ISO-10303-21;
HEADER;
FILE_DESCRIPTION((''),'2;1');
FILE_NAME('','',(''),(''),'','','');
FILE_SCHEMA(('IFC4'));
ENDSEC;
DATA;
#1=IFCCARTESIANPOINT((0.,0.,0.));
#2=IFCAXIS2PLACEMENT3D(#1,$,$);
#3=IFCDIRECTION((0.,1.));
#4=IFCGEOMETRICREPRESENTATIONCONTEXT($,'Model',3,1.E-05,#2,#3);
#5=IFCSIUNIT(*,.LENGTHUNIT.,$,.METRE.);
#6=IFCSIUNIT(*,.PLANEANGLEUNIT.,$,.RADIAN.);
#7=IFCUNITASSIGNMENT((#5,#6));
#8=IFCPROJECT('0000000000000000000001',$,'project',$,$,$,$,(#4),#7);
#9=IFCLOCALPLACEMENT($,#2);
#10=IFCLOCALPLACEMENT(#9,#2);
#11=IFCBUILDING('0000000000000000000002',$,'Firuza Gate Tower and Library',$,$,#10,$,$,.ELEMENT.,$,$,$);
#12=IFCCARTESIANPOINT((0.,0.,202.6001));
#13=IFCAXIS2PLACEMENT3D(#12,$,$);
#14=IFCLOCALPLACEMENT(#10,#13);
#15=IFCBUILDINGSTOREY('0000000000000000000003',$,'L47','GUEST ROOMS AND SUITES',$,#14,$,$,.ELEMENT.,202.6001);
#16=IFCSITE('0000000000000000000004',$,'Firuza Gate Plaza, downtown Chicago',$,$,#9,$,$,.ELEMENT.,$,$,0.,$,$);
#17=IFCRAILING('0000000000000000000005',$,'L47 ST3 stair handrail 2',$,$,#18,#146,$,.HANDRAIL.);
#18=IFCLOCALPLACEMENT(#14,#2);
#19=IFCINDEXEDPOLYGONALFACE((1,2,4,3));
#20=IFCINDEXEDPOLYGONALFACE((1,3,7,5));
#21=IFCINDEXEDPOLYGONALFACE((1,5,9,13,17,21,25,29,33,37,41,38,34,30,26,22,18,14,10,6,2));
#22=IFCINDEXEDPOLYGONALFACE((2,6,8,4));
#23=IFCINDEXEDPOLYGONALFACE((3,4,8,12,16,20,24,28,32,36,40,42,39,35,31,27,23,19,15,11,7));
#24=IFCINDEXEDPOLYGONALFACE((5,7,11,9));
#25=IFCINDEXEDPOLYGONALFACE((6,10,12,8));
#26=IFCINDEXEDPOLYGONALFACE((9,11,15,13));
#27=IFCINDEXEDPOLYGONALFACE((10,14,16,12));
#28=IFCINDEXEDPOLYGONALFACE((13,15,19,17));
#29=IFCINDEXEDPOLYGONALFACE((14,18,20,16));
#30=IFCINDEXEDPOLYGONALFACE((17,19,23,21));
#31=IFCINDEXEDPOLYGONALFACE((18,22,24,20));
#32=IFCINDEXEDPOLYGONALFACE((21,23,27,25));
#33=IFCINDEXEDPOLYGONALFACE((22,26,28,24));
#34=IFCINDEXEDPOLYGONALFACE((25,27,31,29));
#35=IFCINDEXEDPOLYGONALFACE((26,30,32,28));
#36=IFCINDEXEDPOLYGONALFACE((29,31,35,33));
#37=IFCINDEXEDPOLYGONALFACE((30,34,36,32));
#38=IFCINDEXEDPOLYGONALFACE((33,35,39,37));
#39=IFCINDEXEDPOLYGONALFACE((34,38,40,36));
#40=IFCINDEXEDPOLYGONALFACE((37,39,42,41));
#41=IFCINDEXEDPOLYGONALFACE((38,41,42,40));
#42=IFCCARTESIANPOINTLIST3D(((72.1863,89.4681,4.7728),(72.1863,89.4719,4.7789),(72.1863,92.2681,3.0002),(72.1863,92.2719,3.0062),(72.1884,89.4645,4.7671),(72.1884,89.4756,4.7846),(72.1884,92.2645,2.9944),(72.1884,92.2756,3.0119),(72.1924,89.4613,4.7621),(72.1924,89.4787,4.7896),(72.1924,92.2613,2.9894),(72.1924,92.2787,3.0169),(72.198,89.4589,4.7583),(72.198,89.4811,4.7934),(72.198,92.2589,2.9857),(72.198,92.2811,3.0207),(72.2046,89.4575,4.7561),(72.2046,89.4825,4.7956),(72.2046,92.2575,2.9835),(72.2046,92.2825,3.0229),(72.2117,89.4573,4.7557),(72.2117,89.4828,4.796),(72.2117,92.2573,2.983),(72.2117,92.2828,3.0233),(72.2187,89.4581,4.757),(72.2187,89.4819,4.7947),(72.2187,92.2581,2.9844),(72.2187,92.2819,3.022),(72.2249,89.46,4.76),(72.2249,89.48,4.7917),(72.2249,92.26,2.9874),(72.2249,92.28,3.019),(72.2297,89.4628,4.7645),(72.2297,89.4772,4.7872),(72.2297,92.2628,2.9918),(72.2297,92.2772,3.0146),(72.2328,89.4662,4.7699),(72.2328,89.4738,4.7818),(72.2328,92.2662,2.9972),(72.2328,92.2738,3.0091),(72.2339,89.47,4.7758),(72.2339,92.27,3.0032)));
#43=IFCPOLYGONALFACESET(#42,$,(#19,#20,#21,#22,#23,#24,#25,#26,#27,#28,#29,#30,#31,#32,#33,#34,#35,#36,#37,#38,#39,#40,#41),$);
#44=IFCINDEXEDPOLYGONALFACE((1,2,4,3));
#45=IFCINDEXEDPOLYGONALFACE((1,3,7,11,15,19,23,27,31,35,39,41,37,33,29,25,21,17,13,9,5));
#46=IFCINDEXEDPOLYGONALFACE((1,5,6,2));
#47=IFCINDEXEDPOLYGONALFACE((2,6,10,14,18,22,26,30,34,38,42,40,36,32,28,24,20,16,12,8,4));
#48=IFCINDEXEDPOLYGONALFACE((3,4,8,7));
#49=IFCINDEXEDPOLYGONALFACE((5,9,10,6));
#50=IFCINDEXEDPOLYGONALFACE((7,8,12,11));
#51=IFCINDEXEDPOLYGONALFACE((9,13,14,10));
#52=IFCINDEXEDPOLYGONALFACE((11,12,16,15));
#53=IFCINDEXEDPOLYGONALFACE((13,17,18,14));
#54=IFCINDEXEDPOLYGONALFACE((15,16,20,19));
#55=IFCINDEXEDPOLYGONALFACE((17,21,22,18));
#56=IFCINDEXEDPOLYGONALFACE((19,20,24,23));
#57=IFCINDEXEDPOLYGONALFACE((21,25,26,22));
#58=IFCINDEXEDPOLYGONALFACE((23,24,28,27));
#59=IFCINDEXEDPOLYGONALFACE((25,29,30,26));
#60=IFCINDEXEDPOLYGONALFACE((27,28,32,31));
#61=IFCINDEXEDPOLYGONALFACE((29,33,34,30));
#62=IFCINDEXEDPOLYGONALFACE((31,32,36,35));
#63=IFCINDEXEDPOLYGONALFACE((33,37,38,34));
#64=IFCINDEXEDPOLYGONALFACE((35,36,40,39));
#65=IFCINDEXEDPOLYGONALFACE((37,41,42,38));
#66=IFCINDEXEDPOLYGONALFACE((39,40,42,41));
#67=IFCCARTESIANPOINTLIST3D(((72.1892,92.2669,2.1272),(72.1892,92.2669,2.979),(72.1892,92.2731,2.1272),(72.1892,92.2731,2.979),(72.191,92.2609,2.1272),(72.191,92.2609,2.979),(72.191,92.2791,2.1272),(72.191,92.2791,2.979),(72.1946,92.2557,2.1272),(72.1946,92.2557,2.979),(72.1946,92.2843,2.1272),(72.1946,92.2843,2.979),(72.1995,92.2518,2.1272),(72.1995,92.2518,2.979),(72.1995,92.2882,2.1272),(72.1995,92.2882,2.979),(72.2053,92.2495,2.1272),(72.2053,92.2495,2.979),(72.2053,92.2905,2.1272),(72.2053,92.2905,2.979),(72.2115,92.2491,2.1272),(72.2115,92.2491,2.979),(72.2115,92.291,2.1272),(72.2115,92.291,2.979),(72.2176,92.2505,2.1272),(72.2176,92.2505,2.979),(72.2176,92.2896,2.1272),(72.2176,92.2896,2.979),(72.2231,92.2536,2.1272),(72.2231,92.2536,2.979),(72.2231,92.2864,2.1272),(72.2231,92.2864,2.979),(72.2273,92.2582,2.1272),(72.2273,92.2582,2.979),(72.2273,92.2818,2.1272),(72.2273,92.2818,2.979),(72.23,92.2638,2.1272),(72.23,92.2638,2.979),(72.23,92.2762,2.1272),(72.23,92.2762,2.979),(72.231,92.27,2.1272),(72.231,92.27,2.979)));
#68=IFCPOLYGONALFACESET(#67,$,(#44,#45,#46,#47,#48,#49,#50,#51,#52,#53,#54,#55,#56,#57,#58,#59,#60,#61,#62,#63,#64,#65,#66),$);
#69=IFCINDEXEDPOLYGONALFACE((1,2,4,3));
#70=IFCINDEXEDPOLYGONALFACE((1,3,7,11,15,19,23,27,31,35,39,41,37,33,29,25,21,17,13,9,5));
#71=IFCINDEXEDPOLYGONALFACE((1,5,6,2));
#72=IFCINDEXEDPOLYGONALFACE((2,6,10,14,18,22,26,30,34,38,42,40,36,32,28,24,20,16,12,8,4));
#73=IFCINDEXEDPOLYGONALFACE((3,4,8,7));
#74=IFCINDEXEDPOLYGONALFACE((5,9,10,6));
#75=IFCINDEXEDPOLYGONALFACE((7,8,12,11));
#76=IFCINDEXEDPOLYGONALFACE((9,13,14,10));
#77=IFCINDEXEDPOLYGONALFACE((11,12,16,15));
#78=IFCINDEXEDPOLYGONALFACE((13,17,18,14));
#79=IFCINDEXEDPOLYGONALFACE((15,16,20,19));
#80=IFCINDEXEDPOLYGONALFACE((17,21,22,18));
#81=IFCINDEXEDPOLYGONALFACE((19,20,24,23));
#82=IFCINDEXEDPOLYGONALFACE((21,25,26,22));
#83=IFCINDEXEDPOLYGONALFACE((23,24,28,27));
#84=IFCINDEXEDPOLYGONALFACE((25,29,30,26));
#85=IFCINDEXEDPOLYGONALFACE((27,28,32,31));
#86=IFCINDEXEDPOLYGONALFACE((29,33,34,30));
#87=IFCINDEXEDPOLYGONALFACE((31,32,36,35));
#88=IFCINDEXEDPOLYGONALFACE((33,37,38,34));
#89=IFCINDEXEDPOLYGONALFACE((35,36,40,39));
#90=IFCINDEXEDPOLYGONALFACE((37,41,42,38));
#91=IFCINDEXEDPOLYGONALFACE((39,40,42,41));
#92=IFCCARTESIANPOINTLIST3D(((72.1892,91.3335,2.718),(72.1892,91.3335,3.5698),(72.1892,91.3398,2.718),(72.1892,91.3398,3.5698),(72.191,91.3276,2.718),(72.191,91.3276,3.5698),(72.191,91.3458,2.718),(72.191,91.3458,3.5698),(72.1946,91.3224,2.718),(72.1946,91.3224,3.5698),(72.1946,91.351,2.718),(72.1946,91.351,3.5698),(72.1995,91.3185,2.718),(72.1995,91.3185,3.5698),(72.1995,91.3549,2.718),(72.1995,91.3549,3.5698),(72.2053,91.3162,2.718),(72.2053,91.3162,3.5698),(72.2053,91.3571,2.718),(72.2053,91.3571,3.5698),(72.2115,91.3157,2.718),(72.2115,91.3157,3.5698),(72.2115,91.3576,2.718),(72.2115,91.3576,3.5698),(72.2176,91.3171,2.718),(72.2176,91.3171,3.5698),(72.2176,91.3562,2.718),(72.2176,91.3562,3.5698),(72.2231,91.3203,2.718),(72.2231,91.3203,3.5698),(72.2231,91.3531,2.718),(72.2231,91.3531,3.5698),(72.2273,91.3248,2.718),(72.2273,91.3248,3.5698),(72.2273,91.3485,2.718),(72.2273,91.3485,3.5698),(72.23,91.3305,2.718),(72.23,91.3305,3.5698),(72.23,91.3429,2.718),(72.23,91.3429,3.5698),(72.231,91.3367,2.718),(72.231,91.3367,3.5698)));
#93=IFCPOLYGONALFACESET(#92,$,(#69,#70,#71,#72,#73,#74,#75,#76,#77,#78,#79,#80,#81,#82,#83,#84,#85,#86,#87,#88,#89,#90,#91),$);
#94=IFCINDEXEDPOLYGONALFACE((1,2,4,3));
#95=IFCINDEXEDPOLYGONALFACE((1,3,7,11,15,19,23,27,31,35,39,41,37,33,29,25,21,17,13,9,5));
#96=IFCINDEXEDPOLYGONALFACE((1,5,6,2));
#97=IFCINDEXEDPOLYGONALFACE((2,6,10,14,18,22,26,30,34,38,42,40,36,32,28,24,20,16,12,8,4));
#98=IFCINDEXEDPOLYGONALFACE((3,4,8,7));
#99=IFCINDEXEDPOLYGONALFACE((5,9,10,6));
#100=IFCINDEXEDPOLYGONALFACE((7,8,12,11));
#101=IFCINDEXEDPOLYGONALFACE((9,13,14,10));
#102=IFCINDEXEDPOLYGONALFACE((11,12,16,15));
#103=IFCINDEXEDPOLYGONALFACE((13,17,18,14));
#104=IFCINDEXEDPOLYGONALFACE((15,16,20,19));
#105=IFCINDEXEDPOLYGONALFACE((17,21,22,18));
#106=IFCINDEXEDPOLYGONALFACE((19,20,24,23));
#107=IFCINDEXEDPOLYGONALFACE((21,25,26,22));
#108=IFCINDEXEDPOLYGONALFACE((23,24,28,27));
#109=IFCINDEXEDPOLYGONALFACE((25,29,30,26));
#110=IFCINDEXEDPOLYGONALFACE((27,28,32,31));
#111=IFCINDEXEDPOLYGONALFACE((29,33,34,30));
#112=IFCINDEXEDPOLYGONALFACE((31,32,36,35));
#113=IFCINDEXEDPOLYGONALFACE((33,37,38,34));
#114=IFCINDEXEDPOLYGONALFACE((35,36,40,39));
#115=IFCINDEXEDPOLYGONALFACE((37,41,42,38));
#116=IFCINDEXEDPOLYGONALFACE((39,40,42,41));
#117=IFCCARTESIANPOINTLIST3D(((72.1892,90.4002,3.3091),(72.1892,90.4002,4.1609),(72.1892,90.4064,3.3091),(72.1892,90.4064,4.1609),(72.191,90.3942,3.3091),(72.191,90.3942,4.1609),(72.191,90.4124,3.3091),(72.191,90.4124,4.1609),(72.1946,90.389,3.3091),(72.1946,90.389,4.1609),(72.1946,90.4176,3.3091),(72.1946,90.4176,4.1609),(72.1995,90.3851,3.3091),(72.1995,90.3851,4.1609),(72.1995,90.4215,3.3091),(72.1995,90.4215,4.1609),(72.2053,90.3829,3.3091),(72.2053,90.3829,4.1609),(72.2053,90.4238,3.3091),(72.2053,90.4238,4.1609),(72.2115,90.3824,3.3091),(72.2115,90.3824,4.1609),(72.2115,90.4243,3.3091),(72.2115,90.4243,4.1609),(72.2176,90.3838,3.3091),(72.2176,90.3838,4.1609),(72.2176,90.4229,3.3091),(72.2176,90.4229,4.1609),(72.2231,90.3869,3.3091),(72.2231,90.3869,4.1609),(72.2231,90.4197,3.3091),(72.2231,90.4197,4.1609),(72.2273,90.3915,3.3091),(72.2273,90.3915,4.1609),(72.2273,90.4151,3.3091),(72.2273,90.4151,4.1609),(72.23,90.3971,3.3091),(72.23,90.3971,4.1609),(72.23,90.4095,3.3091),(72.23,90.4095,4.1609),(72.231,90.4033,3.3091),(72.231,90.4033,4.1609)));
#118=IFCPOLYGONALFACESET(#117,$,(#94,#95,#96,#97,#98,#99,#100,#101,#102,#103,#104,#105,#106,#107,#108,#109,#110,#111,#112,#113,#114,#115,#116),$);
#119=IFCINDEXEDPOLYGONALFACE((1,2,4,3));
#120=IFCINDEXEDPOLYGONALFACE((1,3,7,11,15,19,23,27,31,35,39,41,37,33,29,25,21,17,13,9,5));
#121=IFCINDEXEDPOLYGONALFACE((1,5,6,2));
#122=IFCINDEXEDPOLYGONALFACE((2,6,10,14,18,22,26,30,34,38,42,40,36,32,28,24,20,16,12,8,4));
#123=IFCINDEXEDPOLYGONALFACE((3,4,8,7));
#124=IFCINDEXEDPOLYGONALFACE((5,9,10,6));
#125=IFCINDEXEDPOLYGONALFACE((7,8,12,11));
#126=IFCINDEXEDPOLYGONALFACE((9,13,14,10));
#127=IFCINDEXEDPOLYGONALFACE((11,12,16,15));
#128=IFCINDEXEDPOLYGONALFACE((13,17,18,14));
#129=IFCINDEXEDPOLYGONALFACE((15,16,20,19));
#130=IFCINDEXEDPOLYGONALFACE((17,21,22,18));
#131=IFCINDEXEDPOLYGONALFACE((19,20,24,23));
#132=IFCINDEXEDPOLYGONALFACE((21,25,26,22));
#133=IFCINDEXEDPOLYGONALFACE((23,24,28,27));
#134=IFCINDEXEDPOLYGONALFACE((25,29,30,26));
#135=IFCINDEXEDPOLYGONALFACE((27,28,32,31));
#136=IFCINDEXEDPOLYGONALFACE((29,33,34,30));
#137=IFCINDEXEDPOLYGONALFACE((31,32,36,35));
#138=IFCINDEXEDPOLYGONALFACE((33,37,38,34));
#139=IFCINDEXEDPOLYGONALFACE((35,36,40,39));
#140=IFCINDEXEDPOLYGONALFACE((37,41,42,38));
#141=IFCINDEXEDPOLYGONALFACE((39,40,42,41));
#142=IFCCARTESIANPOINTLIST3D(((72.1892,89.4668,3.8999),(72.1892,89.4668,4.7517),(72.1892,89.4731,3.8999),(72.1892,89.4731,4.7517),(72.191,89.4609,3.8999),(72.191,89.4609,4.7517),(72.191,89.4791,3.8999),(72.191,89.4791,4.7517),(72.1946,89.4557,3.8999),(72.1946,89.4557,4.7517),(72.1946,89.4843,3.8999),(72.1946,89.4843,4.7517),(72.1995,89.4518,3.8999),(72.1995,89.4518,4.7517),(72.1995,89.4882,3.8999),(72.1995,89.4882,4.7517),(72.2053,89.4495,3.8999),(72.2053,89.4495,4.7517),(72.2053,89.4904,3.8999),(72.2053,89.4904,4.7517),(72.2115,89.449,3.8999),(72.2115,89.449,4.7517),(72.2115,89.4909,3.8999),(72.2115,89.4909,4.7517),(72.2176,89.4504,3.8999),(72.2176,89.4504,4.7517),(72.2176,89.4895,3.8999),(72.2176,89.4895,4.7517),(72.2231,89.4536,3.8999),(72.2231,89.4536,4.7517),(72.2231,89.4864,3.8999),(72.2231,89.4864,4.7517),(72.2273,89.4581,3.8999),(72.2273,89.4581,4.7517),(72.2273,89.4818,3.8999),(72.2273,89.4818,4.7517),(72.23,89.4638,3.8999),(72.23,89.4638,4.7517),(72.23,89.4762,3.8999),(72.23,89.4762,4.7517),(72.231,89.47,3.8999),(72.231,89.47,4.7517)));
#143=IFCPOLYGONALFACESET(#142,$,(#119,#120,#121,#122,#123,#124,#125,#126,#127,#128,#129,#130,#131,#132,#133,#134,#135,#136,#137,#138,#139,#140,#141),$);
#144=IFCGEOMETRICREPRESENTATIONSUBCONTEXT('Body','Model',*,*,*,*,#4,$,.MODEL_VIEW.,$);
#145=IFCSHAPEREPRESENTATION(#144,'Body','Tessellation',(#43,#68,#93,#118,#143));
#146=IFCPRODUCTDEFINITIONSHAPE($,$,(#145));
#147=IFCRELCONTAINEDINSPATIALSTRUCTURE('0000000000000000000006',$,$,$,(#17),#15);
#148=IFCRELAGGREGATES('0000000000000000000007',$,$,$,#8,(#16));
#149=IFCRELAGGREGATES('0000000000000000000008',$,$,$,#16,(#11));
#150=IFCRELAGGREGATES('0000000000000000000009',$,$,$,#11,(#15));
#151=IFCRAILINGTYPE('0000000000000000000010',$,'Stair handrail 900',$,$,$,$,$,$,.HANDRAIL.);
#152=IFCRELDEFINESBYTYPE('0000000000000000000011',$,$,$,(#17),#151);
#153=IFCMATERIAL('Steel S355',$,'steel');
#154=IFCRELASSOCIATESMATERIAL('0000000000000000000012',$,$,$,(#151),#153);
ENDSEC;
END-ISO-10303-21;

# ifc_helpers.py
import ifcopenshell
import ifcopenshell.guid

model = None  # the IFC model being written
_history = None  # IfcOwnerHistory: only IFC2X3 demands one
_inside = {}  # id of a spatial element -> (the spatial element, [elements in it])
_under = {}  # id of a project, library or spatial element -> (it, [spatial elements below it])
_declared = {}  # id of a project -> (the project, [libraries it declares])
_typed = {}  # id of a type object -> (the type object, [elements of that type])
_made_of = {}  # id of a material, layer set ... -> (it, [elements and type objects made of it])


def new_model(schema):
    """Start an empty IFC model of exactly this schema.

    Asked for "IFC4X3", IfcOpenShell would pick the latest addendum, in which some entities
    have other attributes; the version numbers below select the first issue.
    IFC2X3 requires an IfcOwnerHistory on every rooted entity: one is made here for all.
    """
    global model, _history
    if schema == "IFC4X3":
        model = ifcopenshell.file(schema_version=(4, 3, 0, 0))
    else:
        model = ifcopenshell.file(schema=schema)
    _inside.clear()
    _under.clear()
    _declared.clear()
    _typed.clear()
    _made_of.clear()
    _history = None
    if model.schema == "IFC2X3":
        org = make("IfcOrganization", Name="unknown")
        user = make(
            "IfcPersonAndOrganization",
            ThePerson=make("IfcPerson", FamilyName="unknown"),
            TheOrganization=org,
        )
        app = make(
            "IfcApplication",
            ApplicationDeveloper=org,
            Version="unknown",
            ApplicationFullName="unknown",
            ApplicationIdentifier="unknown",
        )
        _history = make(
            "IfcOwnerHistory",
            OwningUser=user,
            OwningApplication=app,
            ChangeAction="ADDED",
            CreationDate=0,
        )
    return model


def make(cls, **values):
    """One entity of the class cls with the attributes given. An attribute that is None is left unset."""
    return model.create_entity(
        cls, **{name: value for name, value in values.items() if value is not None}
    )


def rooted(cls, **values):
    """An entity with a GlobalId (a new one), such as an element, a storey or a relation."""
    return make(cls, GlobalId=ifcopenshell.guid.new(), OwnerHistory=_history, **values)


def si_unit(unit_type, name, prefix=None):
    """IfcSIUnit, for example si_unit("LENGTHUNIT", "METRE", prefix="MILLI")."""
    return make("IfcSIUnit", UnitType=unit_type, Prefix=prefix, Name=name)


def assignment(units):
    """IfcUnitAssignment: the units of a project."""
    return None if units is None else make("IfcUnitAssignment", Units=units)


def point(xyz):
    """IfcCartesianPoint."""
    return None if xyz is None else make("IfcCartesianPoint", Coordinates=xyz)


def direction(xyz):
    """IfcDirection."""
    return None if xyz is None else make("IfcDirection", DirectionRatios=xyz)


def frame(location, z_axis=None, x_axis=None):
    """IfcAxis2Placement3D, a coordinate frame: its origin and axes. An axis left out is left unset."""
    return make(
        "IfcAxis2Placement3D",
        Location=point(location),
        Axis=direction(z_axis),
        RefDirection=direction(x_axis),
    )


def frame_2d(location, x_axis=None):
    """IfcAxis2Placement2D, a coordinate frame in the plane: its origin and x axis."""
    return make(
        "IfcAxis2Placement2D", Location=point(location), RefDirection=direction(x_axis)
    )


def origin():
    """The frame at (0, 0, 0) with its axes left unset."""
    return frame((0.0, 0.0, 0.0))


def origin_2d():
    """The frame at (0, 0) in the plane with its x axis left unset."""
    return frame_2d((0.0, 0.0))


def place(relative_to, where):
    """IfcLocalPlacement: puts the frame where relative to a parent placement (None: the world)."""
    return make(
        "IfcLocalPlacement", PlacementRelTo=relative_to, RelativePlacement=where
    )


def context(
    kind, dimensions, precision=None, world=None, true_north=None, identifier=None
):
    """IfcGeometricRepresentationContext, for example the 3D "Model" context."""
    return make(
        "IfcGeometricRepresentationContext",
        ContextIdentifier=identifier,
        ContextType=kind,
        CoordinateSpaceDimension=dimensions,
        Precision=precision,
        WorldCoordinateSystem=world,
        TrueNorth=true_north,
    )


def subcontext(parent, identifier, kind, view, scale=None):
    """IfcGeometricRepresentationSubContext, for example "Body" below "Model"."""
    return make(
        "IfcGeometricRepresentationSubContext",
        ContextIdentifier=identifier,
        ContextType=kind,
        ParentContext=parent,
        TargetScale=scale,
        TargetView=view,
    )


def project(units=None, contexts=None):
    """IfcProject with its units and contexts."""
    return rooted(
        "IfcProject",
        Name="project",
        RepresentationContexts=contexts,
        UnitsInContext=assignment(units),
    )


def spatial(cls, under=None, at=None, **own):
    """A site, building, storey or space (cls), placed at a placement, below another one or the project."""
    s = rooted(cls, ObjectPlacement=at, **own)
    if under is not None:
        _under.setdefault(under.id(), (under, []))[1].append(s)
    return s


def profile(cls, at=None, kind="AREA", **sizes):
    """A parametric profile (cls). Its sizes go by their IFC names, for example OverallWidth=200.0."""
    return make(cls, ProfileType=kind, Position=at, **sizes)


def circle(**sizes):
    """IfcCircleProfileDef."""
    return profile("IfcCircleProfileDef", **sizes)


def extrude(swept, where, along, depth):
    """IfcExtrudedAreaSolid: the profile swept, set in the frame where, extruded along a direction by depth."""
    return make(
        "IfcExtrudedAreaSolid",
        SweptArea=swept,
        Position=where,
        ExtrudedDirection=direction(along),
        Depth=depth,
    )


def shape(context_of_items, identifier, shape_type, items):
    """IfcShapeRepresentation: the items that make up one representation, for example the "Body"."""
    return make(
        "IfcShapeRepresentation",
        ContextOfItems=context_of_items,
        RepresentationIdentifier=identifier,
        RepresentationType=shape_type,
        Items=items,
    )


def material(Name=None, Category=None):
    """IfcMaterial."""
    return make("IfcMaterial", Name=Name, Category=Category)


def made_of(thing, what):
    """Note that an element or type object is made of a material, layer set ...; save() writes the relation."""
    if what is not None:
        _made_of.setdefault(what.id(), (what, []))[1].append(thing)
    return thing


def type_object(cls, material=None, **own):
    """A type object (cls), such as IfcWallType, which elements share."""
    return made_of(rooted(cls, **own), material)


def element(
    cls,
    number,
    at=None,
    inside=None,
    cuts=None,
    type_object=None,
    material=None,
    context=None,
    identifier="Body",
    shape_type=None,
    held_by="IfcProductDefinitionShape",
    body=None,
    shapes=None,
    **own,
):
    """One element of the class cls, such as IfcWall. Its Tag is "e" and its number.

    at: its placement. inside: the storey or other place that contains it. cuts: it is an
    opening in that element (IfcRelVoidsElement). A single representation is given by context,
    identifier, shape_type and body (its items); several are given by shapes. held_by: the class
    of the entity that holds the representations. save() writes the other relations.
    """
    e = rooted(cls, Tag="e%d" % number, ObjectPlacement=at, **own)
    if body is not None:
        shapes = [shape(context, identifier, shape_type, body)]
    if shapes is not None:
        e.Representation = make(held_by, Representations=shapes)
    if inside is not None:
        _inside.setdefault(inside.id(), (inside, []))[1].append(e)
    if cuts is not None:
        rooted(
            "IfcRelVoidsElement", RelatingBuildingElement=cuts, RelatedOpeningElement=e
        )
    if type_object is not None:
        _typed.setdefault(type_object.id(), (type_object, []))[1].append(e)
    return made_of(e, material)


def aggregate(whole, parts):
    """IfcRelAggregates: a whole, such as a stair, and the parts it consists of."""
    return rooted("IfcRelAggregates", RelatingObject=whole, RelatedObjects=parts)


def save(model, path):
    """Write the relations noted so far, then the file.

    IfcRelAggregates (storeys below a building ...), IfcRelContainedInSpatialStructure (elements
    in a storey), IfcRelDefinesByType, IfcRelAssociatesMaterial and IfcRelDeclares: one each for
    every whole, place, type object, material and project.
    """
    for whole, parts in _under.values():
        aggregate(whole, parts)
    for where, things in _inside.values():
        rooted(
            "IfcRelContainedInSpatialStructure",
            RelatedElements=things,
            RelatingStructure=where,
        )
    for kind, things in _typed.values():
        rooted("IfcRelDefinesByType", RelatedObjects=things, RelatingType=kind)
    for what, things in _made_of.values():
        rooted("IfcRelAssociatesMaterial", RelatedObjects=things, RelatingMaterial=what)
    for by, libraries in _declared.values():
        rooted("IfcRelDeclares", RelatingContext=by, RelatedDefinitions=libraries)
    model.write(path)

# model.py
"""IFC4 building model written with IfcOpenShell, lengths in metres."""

from ifc_helpers import new_model, si_unit, direction, frame, origin, origin_2d, place, context, subcontext, project, spatial, circle, extrude, material, type_object, element, save


model = new_model("IFC4")

# Units and contexts
model_context = context("Model", 3, precision=1e-05, world=origin(), true_north=direction((0.0, 1.0)))
body_context = subcontext(model_context, "Body", "Model", "MODEL_VIEW")
ifc_project = project(units=[si_unit("LENGTHUNIT", "METRE"), si_unit("PLANEANGLEUNIT", "RADIAN")], contexts=[model_context])

# Site, building, storey
site_placement = place(None, origin())
site = spatial("IfcSite", under=ifc_project, at=site_placement, Name="Firuza Gate Plaza, downtown Chicago", CompositionType="ELEMENT", RefElevation=0.0)
building_placement = place(site_placement, origin())
building = spatial("IfcBuilding", under=site, at=building_placement, Name="Firuza Gate Tower and Library", CompositionType="ELEMENT")
storey_placement = place(building_placement, frame((0.0, 0.0, 202.6001)))
storey = spatial("IfcBuildingStorey", under=building, at=storey_placement, Name="L47", Description="GUEST ROOMS AND SUITES", CompositionType="ELEMENT", Elevation=202.6001)

# Railing
ifc_material_1 = material(Name="Steel S355", Category="steel")
railing_type_1 = type_object("IfcRailingType", Name="Stair handrail 900", PredefinedType="HANDRAIL", material=ifc_material_1)
railing_1_placement = place(storey_placement, frame((72.21, 92.27, 2.1272)))
element("IfcRailing", 1, at=railing_1_placement, inside=storey, type_object=railing_type_1, Name="L47 ST3 stair handrail 2", PredefinedType="HANDRAIL", context=body_context, shape_type="SweptSolid", body=[
    extrude(circle(Radius=0.0239, at=origin_2d()), frame((0.0, 0.0, 0.876), z_axis=(0.0, -0.844909, 0.53491), x_axis=(1.0, 0.0, 0.0)), (0.0, 0.0, 1.0), 3.314),
    extrude(circle(Radius=0.021, at=origin_2d()), origin(), (0.0, 0.0, 1.0), 0.8518),
    extrude(circle(Radius=0.021, at=origin_2d()), frame((0.0, -0.9333, 0.5908)), (0.0, 0.0, 1.0), 0.8518),
    extrude(circle(Radius=0.021, at=origin_2d()), frame((0.0, -1.8667, 1.1819)), (0.0, 0.0, 1.0), 0.8518),
    extrude(circle(Radius=0.021, at=origin_2d()), frame((0.0, -2.8, 1.7727)), (0.0, 0.0, 1.0), 0.8518),
])

save(model, "model.ifc")
